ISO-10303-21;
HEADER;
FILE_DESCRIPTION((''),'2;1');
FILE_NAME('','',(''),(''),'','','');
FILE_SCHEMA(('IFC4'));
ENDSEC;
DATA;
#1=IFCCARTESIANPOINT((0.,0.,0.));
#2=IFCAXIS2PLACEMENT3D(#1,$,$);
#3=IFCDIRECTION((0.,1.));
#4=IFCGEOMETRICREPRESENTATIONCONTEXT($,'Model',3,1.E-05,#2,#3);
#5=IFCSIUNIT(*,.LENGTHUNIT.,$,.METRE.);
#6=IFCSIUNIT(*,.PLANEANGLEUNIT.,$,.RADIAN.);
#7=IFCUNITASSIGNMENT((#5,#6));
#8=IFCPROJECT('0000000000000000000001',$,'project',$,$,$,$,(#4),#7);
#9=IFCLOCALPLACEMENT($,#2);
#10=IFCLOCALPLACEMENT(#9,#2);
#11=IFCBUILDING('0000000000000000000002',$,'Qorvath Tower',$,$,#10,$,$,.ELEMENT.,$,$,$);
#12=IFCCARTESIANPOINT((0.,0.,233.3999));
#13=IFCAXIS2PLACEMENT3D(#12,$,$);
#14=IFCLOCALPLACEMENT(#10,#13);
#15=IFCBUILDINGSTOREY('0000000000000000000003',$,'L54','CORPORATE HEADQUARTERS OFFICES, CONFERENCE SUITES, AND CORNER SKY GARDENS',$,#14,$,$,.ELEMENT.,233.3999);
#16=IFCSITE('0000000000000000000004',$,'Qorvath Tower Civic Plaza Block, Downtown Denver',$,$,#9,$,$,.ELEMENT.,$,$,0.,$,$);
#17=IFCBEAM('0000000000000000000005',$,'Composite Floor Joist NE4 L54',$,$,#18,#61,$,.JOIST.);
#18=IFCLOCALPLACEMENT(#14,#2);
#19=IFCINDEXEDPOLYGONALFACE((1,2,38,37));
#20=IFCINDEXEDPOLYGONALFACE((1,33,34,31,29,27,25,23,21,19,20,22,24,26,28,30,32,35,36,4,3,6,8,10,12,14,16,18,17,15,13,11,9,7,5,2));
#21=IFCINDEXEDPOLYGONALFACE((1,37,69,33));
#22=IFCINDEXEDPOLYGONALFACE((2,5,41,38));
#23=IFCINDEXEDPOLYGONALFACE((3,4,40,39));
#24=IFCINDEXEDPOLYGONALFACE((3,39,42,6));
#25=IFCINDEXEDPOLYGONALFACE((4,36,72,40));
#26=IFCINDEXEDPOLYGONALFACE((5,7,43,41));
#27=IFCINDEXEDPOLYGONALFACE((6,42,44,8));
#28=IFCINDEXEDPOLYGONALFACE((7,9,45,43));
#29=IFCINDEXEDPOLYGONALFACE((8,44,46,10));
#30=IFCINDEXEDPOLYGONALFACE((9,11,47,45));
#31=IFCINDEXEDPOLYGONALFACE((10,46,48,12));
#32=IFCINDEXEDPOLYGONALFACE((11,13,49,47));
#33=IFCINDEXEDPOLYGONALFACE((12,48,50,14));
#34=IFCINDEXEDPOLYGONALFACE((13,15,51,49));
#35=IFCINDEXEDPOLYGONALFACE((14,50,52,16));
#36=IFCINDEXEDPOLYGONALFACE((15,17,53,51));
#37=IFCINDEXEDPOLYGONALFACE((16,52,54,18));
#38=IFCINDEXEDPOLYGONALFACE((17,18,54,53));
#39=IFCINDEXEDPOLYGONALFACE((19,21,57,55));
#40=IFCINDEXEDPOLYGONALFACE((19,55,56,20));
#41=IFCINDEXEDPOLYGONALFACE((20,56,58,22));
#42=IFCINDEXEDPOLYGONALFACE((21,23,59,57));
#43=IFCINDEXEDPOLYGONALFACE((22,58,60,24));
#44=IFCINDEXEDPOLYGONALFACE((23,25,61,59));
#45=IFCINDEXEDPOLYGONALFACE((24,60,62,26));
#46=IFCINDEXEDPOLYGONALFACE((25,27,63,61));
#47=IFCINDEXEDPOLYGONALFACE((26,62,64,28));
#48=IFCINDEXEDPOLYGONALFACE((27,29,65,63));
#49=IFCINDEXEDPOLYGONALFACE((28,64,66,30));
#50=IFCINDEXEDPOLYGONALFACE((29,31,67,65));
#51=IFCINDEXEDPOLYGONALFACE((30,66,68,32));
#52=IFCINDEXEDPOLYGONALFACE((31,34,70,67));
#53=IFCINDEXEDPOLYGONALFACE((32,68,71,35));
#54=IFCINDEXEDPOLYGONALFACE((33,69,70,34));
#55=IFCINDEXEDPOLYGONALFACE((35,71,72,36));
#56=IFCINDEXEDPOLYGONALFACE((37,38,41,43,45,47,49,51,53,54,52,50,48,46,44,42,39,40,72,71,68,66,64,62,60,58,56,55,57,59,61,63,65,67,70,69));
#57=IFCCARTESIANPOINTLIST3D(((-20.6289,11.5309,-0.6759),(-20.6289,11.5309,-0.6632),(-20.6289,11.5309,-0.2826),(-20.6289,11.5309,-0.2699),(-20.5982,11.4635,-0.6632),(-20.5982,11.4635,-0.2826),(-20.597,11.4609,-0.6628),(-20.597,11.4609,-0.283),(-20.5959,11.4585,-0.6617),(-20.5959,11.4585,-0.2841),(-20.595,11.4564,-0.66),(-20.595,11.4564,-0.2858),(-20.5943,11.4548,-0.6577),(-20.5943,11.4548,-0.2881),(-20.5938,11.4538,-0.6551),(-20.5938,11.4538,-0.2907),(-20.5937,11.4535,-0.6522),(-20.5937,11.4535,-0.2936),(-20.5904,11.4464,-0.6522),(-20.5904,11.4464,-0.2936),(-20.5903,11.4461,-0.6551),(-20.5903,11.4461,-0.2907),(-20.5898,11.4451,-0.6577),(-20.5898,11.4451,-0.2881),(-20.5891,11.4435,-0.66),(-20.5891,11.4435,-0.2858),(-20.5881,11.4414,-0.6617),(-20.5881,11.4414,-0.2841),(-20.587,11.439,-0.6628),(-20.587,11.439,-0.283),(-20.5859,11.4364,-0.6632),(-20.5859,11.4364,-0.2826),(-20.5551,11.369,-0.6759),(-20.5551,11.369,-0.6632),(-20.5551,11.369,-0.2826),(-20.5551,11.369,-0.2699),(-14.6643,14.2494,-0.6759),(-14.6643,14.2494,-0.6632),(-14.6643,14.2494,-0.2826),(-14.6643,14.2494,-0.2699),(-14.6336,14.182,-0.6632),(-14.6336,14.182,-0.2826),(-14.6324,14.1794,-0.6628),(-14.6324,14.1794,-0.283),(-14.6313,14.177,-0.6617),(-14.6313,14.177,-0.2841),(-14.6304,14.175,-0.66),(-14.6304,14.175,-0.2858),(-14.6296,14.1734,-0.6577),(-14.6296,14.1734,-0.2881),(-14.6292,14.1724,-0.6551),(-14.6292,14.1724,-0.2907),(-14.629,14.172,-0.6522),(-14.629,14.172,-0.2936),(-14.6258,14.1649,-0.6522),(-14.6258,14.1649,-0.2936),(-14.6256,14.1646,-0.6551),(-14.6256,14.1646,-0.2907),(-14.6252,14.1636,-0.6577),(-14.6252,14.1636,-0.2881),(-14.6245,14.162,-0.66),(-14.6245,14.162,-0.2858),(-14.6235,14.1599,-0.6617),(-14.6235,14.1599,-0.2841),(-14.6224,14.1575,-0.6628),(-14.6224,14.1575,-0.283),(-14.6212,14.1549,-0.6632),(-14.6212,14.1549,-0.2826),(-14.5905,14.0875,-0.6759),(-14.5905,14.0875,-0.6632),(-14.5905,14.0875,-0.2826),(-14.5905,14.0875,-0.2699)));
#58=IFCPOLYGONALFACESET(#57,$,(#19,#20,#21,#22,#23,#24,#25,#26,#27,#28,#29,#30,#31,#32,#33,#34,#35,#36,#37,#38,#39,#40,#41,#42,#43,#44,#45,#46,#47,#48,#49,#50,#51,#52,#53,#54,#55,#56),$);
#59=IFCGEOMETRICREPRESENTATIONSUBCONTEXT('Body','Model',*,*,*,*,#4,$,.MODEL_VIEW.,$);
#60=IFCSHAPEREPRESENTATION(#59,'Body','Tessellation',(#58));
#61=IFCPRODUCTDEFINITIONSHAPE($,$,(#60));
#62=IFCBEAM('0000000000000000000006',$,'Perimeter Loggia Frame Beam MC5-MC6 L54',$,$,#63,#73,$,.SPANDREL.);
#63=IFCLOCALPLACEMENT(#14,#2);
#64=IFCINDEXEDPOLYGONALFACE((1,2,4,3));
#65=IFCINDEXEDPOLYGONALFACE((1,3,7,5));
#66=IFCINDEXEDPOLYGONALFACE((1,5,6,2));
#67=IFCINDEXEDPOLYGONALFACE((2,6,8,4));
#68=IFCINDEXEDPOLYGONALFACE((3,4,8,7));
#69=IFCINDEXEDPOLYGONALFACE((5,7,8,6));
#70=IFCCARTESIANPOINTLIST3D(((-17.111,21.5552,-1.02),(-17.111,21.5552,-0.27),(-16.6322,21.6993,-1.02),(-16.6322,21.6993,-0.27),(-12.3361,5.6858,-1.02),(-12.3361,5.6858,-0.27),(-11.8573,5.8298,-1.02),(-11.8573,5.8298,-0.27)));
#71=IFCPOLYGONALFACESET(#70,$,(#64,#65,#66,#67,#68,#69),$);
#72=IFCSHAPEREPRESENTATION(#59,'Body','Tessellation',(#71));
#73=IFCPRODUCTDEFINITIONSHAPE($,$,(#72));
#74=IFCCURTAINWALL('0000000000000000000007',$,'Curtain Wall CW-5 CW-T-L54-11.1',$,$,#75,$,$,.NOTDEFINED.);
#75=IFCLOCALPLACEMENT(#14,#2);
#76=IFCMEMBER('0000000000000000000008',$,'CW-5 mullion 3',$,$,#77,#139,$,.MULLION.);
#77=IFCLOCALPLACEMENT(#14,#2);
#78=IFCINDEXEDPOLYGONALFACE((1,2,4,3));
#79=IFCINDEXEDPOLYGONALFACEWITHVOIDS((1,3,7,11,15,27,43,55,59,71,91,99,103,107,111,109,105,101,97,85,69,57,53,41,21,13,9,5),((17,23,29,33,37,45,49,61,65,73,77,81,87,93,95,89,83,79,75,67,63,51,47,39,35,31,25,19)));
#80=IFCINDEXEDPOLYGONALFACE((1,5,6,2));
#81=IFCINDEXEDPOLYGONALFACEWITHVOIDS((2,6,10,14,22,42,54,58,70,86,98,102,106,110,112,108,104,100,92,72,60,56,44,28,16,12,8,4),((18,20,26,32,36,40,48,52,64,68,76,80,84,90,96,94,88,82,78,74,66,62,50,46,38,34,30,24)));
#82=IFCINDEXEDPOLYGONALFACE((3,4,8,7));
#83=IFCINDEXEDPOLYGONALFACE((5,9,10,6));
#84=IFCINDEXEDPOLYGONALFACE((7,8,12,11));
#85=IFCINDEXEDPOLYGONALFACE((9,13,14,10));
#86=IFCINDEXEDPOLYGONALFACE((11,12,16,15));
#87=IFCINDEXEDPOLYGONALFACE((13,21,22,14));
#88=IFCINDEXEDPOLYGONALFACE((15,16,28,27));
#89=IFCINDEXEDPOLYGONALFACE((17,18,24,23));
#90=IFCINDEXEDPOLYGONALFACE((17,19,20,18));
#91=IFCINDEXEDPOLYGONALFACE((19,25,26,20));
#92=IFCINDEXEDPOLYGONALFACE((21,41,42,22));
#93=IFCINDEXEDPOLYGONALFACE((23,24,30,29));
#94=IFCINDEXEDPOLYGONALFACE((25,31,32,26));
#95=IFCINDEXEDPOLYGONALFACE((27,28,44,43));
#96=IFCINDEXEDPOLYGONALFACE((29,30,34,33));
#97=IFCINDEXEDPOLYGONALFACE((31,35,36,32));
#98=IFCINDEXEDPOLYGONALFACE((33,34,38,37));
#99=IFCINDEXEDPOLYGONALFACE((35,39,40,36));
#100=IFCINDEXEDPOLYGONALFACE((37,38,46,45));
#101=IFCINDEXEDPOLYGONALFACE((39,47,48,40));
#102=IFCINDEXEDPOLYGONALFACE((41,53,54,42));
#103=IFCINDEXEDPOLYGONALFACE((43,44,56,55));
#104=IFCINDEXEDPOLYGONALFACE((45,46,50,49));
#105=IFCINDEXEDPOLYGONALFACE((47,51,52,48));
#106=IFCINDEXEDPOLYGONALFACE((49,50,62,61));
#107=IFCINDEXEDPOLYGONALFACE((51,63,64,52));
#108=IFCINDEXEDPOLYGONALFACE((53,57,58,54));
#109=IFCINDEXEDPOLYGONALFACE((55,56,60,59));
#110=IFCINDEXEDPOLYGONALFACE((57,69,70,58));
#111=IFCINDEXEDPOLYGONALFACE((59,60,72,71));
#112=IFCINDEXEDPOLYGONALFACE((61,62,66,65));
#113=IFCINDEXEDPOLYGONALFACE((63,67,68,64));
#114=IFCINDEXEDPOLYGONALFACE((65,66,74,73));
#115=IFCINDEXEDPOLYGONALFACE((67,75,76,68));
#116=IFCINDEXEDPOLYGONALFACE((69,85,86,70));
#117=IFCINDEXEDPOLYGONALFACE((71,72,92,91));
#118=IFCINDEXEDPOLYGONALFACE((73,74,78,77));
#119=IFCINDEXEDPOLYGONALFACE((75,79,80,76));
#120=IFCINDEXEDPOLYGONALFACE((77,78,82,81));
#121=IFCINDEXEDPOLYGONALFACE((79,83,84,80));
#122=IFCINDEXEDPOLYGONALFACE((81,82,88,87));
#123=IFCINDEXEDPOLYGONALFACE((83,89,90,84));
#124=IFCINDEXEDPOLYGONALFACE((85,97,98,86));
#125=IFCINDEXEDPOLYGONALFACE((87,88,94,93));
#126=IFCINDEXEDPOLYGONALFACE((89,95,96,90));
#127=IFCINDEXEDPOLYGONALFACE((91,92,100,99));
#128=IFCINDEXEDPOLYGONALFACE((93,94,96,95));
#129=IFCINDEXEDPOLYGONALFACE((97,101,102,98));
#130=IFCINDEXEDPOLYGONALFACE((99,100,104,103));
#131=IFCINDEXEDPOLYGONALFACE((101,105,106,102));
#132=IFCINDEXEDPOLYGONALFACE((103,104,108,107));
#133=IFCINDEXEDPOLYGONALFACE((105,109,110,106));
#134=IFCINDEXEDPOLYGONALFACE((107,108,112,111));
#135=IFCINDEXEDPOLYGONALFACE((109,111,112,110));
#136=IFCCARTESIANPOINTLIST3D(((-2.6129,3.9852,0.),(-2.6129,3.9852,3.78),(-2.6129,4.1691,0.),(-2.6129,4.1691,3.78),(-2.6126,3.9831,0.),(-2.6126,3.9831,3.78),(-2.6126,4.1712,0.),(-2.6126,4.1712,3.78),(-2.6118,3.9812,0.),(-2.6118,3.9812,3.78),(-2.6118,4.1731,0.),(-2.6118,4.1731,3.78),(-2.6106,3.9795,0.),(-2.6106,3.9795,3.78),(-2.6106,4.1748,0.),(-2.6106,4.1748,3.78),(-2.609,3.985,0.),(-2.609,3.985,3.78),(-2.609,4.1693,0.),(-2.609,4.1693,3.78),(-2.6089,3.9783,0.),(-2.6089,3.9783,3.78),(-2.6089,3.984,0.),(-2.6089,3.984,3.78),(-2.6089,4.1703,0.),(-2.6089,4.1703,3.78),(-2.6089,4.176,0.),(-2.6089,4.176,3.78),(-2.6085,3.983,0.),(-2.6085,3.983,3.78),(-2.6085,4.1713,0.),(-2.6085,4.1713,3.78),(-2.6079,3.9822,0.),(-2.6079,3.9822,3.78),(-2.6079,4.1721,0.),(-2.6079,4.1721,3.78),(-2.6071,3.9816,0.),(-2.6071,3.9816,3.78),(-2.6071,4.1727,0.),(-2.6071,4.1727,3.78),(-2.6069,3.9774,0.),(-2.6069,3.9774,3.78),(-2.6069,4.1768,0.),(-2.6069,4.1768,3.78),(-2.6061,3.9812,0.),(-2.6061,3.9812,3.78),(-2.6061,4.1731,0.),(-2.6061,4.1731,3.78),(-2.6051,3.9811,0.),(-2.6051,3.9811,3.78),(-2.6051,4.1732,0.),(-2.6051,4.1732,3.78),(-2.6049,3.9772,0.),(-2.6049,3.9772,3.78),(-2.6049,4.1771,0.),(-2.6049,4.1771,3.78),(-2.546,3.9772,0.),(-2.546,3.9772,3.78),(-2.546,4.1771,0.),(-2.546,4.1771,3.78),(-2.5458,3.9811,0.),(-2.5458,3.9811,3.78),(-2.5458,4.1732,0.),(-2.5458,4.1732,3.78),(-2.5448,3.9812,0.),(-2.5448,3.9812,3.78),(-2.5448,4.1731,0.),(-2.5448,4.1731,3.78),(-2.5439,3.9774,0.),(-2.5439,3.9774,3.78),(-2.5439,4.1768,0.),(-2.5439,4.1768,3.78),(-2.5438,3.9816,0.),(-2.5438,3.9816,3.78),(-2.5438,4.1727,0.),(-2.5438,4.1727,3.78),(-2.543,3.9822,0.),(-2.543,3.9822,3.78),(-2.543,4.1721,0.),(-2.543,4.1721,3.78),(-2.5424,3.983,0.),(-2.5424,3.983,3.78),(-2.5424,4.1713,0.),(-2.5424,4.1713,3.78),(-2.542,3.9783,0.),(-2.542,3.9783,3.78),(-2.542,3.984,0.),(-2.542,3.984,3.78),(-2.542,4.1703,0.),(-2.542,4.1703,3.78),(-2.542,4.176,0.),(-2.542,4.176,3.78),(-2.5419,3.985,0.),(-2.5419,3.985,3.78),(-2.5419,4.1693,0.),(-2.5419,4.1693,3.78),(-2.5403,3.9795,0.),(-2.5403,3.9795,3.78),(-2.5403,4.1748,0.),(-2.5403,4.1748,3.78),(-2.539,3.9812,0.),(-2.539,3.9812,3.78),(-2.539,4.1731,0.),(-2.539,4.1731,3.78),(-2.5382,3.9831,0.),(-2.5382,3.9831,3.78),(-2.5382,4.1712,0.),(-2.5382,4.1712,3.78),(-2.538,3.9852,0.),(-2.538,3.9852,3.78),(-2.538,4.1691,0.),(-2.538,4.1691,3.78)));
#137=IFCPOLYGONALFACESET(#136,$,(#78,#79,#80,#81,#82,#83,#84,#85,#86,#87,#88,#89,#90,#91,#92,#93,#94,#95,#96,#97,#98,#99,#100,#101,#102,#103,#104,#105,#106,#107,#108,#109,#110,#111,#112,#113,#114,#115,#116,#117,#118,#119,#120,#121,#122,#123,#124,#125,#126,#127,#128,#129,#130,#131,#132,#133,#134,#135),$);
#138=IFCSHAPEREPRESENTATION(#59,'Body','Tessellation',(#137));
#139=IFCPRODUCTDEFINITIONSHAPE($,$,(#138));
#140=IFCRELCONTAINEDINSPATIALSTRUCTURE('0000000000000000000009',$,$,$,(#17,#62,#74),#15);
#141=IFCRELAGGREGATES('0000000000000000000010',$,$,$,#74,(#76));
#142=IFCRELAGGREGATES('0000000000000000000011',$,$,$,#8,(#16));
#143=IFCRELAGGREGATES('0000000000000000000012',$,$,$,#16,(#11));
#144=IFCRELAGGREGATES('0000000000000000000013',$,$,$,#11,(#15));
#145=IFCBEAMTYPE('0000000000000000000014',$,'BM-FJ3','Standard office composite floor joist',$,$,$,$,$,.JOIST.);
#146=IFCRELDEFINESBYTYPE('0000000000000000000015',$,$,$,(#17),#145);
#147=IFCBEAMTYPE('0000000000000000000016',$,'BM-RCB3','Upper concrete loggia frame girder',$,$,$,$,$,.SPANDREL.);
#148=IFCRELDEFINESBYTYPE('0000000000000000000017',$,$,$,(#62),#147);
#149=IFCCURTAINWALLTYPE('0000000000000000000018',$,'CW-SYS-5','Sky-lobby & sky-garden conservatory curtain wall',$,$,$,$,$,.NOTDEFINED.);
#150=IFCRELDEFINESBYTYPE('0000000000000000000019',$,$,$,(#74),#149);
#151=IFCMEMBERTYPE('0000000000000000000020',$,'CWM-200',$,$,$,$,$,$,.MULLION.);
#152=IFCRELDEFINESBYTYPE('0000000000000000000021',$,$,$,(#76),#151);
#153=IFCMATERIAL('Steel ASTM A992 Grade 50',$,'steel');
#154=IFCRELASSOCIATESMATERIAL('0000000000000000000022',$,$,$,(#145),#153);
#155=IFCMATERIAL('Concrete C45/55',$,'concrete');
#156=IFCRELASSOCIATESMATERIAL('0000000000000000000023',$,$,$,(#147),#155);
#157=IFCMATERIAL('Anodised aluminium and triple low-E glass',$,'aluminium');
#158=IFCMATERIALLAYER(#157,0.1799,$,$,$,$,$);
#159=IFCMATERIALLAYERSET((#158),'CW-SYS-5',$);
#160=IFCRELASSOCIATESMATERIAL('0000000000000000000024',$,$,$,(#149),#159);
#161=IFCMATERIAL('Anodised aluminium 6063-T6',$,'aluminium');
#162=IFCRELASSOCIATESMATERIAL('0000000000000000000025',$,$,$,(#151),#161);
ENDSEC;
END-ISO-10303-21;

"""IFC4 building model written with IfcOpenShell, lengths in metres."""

from ifc_helpers import new_model, si_unit, direction, frame, origin, origin_2d, place, context, subcontext, project, spatial, rectangle, hollow_rectangle, i_section, extrude, material, layer, layer_set, material_profile, profile_set, type_object, element, aggregate, save


model = new_model("IFC4")

# Units and contexts
model_context = context("Model", 3, precision=1e-05, world=origin(), true_north=direction((0.0, 1.0)))
body_context = subcontext(model_context, "Body", "Model", "MODEL_VIEW")
ifc_project = project(units=[si_unit("LENGTHUNIT", "METRE"), si_unit("PLANEANGLEUNIT", "RADIAN")], contexts=[model_context])

# Site, building, storey
site_placement = place(None, origin())
site = spatial("IfcSite", under=ifc_project, at=site_placement, Name="Qorvath Tower Civic Plaza Block, Downtown Denver", CompositionType="ELEMENT", RefElevation=0.0)
building_placement = place(site_placement, origin())
building = spatial("IfcBuilding", under=site, at=building_placement, Name="Qorvath Tower", CompositionType="ELEMENT")
storey_placement = place(building_placement, frame((0.0, 0.0, 233.3999)))
storey = spatial("IfcBuildingStorey", under=building, at=storey_placement, Name="L54", Description="CORPORATE HEADQUARTERS OFFICES, CONFERENCE SUITES, AND CORNER SKY GARDENS", CompositionType="ELEMENT", Elevation=233.3999)

# Beams
ifc_material_1 = material(Name="Steel ASTM A992 Grade 50", Category="steel")
ifc_material_profile_1 = material_profile(ifc_material_1, i_section(OverallWidth=0.178, OverallDepth=0.406, WebThickness=0.0078, FlangeThickness=0.0127, FilletRadius=0.011, at=origin_2d()), Name="W16x40")
ifc_profile_set_1 = profile_set([ifc_material_profile_1], Name="Steel ASTM A992 Grade 50")
beam_type_1 = type_object("IfcBeamType", Name="BM-FJ3", Description="Standard office composite floor joist", PredefinedType="JOIST", material=ifc_profile_set_1)
beam_1_placement = place(storey_placement, frame((-20.592, 11.45, -0.4729), z_axis=(0.909945, 0.414729, 0.0), x_axis=(-0.414729, 0.909945, 0.0)))
element("IfcBeam", 1, at=beam_1_placement, inside=storey, type_object=beam_type_1, Name="Composite Floor Joist NE4 L54", PredefinedType="JOIST", context=body_context, shape_type="SweptSolid", body=[
    extrude(i_section(OverallWidth=0.178, OverallDepth=0.406, WebThickness=0.0078, FlangeThickness=0.0127, FilletRadius=0.011, at=origin_2d()), origin(), (0.0, 0.0, 1.0), 6.5549),
])
ifc_material_2 = material(Name="Concrete C45/55", Category="concrete")
ifc_material_profile_2 = material_profile(ifc_material_2, rectangle(XDim=0.5, YDim=0.75, at=origin_2d()), Name="RCB 750x500")
ifc_profile_set_2 = profile_set([ifc_material_profile_2], Name="Concrete C45/55")
beam_type_2 = type_object("IfcBeamType", Name="BM-RCB3", Description="Upper concrete loggia frame girder", PredefinedType="SPANDREL", material=ifc_profile_set_2)
beam_2_placement = place(storey_placement, frame((-12.0967, 5.7578, -0.645), z_axis=(-0.288128, 0.957592, 0.0), x_axis=(-0.957592, -0.288128, 0.0)))
element("IfcBeam", 2, at=beam_2_placement, inside=storey, type_object=beam_type_2, Name="Perimeter Loggia Frame Beam MC5-MC6 L54", PredefinedType="SPANDREL", context=body_context, shape_type="SweptSolid", body=[
    extrude(rectangle(XDim=0.5, YDim=0.75, at=origin_2d()), origin(), (0.0, 0.0, 1.0), 16.5723),
])

# Curtain wall, member
ifc_material_3 = material(Name="Anodised aluminium and triple low-E glass", Category="aluminium")
ifc_layer_1 = layer(ifc_material_3, 0.1799)
ifc_layer_set_1 = layer_set([ifc_layer_1], Name="CW-SYS-5")
curtain_wall_type = type_object("IfcCurtainWallType", Name="CW-SYS-5", Description="Sky-lobby & sky-garden conservatory curtain wall", PredefinedType="NOTDEFINED", material=ifc_layer_set_1)
curtain_wall_1_placement = place(storey_placement, origin())
curtain_wall_1 = element("IfcCurtainWall", 3, at=curtain_wall_1_placement, inside=storey, type_object=curtain_wall_type, Name="Curtain Wall CW-5 CW-T-L54-11.1", PredefinedType="NOTDEFINED")
ifc_material_4 = material(Name="Anodised aluminium 6063-T6", Category="aluminium")
ifc_material_profile_3 = material_profile(ifc_material_4, hollow_rectangle(XDim=0.075, YDim=0.2, WallThickness=0.0039, InnerFilletRadius=0.0039, OuterFilletRadius=0.0081, at=origin_2d()), Name="CWM 200x75")
ifc_profile_set_3 = profile_set([ifc_material_profile_3], Name="Anodised aluminium 6063-T6")
member_type_1 = type_object("IfcMemberType", Name="CWM-200", PredefinedType="MULLION", material=ifc_profile_set_3)
member_1_placement = place(storey_placement, frame((-2.5754, 4.0771, 0.0), z_axis=(0.0, 0.0, 1.0), x_axis=(-1.0, 0.0, 0.0)))
member_1 = element("IfcMember", 4, at=member_1_placement, type_object=member_type_1, Name="CW-5 mullion 3", PredefinedType="MULLION", context=body_context, shape_type="SweptSolid", body=[
    extrude(hollow_rectangle(XDim=0.075, YDim=0.2, WallThickness=0.0039, InnerFilletRadius=0.0039, OuterFilletRadius=0.0081, at=origin_2d()), origin(), (0.0, 0.0, 1.0), 3.78),
])
aggregate(curtain_wall_1, [member_1])

save(model, "model.ifc")
